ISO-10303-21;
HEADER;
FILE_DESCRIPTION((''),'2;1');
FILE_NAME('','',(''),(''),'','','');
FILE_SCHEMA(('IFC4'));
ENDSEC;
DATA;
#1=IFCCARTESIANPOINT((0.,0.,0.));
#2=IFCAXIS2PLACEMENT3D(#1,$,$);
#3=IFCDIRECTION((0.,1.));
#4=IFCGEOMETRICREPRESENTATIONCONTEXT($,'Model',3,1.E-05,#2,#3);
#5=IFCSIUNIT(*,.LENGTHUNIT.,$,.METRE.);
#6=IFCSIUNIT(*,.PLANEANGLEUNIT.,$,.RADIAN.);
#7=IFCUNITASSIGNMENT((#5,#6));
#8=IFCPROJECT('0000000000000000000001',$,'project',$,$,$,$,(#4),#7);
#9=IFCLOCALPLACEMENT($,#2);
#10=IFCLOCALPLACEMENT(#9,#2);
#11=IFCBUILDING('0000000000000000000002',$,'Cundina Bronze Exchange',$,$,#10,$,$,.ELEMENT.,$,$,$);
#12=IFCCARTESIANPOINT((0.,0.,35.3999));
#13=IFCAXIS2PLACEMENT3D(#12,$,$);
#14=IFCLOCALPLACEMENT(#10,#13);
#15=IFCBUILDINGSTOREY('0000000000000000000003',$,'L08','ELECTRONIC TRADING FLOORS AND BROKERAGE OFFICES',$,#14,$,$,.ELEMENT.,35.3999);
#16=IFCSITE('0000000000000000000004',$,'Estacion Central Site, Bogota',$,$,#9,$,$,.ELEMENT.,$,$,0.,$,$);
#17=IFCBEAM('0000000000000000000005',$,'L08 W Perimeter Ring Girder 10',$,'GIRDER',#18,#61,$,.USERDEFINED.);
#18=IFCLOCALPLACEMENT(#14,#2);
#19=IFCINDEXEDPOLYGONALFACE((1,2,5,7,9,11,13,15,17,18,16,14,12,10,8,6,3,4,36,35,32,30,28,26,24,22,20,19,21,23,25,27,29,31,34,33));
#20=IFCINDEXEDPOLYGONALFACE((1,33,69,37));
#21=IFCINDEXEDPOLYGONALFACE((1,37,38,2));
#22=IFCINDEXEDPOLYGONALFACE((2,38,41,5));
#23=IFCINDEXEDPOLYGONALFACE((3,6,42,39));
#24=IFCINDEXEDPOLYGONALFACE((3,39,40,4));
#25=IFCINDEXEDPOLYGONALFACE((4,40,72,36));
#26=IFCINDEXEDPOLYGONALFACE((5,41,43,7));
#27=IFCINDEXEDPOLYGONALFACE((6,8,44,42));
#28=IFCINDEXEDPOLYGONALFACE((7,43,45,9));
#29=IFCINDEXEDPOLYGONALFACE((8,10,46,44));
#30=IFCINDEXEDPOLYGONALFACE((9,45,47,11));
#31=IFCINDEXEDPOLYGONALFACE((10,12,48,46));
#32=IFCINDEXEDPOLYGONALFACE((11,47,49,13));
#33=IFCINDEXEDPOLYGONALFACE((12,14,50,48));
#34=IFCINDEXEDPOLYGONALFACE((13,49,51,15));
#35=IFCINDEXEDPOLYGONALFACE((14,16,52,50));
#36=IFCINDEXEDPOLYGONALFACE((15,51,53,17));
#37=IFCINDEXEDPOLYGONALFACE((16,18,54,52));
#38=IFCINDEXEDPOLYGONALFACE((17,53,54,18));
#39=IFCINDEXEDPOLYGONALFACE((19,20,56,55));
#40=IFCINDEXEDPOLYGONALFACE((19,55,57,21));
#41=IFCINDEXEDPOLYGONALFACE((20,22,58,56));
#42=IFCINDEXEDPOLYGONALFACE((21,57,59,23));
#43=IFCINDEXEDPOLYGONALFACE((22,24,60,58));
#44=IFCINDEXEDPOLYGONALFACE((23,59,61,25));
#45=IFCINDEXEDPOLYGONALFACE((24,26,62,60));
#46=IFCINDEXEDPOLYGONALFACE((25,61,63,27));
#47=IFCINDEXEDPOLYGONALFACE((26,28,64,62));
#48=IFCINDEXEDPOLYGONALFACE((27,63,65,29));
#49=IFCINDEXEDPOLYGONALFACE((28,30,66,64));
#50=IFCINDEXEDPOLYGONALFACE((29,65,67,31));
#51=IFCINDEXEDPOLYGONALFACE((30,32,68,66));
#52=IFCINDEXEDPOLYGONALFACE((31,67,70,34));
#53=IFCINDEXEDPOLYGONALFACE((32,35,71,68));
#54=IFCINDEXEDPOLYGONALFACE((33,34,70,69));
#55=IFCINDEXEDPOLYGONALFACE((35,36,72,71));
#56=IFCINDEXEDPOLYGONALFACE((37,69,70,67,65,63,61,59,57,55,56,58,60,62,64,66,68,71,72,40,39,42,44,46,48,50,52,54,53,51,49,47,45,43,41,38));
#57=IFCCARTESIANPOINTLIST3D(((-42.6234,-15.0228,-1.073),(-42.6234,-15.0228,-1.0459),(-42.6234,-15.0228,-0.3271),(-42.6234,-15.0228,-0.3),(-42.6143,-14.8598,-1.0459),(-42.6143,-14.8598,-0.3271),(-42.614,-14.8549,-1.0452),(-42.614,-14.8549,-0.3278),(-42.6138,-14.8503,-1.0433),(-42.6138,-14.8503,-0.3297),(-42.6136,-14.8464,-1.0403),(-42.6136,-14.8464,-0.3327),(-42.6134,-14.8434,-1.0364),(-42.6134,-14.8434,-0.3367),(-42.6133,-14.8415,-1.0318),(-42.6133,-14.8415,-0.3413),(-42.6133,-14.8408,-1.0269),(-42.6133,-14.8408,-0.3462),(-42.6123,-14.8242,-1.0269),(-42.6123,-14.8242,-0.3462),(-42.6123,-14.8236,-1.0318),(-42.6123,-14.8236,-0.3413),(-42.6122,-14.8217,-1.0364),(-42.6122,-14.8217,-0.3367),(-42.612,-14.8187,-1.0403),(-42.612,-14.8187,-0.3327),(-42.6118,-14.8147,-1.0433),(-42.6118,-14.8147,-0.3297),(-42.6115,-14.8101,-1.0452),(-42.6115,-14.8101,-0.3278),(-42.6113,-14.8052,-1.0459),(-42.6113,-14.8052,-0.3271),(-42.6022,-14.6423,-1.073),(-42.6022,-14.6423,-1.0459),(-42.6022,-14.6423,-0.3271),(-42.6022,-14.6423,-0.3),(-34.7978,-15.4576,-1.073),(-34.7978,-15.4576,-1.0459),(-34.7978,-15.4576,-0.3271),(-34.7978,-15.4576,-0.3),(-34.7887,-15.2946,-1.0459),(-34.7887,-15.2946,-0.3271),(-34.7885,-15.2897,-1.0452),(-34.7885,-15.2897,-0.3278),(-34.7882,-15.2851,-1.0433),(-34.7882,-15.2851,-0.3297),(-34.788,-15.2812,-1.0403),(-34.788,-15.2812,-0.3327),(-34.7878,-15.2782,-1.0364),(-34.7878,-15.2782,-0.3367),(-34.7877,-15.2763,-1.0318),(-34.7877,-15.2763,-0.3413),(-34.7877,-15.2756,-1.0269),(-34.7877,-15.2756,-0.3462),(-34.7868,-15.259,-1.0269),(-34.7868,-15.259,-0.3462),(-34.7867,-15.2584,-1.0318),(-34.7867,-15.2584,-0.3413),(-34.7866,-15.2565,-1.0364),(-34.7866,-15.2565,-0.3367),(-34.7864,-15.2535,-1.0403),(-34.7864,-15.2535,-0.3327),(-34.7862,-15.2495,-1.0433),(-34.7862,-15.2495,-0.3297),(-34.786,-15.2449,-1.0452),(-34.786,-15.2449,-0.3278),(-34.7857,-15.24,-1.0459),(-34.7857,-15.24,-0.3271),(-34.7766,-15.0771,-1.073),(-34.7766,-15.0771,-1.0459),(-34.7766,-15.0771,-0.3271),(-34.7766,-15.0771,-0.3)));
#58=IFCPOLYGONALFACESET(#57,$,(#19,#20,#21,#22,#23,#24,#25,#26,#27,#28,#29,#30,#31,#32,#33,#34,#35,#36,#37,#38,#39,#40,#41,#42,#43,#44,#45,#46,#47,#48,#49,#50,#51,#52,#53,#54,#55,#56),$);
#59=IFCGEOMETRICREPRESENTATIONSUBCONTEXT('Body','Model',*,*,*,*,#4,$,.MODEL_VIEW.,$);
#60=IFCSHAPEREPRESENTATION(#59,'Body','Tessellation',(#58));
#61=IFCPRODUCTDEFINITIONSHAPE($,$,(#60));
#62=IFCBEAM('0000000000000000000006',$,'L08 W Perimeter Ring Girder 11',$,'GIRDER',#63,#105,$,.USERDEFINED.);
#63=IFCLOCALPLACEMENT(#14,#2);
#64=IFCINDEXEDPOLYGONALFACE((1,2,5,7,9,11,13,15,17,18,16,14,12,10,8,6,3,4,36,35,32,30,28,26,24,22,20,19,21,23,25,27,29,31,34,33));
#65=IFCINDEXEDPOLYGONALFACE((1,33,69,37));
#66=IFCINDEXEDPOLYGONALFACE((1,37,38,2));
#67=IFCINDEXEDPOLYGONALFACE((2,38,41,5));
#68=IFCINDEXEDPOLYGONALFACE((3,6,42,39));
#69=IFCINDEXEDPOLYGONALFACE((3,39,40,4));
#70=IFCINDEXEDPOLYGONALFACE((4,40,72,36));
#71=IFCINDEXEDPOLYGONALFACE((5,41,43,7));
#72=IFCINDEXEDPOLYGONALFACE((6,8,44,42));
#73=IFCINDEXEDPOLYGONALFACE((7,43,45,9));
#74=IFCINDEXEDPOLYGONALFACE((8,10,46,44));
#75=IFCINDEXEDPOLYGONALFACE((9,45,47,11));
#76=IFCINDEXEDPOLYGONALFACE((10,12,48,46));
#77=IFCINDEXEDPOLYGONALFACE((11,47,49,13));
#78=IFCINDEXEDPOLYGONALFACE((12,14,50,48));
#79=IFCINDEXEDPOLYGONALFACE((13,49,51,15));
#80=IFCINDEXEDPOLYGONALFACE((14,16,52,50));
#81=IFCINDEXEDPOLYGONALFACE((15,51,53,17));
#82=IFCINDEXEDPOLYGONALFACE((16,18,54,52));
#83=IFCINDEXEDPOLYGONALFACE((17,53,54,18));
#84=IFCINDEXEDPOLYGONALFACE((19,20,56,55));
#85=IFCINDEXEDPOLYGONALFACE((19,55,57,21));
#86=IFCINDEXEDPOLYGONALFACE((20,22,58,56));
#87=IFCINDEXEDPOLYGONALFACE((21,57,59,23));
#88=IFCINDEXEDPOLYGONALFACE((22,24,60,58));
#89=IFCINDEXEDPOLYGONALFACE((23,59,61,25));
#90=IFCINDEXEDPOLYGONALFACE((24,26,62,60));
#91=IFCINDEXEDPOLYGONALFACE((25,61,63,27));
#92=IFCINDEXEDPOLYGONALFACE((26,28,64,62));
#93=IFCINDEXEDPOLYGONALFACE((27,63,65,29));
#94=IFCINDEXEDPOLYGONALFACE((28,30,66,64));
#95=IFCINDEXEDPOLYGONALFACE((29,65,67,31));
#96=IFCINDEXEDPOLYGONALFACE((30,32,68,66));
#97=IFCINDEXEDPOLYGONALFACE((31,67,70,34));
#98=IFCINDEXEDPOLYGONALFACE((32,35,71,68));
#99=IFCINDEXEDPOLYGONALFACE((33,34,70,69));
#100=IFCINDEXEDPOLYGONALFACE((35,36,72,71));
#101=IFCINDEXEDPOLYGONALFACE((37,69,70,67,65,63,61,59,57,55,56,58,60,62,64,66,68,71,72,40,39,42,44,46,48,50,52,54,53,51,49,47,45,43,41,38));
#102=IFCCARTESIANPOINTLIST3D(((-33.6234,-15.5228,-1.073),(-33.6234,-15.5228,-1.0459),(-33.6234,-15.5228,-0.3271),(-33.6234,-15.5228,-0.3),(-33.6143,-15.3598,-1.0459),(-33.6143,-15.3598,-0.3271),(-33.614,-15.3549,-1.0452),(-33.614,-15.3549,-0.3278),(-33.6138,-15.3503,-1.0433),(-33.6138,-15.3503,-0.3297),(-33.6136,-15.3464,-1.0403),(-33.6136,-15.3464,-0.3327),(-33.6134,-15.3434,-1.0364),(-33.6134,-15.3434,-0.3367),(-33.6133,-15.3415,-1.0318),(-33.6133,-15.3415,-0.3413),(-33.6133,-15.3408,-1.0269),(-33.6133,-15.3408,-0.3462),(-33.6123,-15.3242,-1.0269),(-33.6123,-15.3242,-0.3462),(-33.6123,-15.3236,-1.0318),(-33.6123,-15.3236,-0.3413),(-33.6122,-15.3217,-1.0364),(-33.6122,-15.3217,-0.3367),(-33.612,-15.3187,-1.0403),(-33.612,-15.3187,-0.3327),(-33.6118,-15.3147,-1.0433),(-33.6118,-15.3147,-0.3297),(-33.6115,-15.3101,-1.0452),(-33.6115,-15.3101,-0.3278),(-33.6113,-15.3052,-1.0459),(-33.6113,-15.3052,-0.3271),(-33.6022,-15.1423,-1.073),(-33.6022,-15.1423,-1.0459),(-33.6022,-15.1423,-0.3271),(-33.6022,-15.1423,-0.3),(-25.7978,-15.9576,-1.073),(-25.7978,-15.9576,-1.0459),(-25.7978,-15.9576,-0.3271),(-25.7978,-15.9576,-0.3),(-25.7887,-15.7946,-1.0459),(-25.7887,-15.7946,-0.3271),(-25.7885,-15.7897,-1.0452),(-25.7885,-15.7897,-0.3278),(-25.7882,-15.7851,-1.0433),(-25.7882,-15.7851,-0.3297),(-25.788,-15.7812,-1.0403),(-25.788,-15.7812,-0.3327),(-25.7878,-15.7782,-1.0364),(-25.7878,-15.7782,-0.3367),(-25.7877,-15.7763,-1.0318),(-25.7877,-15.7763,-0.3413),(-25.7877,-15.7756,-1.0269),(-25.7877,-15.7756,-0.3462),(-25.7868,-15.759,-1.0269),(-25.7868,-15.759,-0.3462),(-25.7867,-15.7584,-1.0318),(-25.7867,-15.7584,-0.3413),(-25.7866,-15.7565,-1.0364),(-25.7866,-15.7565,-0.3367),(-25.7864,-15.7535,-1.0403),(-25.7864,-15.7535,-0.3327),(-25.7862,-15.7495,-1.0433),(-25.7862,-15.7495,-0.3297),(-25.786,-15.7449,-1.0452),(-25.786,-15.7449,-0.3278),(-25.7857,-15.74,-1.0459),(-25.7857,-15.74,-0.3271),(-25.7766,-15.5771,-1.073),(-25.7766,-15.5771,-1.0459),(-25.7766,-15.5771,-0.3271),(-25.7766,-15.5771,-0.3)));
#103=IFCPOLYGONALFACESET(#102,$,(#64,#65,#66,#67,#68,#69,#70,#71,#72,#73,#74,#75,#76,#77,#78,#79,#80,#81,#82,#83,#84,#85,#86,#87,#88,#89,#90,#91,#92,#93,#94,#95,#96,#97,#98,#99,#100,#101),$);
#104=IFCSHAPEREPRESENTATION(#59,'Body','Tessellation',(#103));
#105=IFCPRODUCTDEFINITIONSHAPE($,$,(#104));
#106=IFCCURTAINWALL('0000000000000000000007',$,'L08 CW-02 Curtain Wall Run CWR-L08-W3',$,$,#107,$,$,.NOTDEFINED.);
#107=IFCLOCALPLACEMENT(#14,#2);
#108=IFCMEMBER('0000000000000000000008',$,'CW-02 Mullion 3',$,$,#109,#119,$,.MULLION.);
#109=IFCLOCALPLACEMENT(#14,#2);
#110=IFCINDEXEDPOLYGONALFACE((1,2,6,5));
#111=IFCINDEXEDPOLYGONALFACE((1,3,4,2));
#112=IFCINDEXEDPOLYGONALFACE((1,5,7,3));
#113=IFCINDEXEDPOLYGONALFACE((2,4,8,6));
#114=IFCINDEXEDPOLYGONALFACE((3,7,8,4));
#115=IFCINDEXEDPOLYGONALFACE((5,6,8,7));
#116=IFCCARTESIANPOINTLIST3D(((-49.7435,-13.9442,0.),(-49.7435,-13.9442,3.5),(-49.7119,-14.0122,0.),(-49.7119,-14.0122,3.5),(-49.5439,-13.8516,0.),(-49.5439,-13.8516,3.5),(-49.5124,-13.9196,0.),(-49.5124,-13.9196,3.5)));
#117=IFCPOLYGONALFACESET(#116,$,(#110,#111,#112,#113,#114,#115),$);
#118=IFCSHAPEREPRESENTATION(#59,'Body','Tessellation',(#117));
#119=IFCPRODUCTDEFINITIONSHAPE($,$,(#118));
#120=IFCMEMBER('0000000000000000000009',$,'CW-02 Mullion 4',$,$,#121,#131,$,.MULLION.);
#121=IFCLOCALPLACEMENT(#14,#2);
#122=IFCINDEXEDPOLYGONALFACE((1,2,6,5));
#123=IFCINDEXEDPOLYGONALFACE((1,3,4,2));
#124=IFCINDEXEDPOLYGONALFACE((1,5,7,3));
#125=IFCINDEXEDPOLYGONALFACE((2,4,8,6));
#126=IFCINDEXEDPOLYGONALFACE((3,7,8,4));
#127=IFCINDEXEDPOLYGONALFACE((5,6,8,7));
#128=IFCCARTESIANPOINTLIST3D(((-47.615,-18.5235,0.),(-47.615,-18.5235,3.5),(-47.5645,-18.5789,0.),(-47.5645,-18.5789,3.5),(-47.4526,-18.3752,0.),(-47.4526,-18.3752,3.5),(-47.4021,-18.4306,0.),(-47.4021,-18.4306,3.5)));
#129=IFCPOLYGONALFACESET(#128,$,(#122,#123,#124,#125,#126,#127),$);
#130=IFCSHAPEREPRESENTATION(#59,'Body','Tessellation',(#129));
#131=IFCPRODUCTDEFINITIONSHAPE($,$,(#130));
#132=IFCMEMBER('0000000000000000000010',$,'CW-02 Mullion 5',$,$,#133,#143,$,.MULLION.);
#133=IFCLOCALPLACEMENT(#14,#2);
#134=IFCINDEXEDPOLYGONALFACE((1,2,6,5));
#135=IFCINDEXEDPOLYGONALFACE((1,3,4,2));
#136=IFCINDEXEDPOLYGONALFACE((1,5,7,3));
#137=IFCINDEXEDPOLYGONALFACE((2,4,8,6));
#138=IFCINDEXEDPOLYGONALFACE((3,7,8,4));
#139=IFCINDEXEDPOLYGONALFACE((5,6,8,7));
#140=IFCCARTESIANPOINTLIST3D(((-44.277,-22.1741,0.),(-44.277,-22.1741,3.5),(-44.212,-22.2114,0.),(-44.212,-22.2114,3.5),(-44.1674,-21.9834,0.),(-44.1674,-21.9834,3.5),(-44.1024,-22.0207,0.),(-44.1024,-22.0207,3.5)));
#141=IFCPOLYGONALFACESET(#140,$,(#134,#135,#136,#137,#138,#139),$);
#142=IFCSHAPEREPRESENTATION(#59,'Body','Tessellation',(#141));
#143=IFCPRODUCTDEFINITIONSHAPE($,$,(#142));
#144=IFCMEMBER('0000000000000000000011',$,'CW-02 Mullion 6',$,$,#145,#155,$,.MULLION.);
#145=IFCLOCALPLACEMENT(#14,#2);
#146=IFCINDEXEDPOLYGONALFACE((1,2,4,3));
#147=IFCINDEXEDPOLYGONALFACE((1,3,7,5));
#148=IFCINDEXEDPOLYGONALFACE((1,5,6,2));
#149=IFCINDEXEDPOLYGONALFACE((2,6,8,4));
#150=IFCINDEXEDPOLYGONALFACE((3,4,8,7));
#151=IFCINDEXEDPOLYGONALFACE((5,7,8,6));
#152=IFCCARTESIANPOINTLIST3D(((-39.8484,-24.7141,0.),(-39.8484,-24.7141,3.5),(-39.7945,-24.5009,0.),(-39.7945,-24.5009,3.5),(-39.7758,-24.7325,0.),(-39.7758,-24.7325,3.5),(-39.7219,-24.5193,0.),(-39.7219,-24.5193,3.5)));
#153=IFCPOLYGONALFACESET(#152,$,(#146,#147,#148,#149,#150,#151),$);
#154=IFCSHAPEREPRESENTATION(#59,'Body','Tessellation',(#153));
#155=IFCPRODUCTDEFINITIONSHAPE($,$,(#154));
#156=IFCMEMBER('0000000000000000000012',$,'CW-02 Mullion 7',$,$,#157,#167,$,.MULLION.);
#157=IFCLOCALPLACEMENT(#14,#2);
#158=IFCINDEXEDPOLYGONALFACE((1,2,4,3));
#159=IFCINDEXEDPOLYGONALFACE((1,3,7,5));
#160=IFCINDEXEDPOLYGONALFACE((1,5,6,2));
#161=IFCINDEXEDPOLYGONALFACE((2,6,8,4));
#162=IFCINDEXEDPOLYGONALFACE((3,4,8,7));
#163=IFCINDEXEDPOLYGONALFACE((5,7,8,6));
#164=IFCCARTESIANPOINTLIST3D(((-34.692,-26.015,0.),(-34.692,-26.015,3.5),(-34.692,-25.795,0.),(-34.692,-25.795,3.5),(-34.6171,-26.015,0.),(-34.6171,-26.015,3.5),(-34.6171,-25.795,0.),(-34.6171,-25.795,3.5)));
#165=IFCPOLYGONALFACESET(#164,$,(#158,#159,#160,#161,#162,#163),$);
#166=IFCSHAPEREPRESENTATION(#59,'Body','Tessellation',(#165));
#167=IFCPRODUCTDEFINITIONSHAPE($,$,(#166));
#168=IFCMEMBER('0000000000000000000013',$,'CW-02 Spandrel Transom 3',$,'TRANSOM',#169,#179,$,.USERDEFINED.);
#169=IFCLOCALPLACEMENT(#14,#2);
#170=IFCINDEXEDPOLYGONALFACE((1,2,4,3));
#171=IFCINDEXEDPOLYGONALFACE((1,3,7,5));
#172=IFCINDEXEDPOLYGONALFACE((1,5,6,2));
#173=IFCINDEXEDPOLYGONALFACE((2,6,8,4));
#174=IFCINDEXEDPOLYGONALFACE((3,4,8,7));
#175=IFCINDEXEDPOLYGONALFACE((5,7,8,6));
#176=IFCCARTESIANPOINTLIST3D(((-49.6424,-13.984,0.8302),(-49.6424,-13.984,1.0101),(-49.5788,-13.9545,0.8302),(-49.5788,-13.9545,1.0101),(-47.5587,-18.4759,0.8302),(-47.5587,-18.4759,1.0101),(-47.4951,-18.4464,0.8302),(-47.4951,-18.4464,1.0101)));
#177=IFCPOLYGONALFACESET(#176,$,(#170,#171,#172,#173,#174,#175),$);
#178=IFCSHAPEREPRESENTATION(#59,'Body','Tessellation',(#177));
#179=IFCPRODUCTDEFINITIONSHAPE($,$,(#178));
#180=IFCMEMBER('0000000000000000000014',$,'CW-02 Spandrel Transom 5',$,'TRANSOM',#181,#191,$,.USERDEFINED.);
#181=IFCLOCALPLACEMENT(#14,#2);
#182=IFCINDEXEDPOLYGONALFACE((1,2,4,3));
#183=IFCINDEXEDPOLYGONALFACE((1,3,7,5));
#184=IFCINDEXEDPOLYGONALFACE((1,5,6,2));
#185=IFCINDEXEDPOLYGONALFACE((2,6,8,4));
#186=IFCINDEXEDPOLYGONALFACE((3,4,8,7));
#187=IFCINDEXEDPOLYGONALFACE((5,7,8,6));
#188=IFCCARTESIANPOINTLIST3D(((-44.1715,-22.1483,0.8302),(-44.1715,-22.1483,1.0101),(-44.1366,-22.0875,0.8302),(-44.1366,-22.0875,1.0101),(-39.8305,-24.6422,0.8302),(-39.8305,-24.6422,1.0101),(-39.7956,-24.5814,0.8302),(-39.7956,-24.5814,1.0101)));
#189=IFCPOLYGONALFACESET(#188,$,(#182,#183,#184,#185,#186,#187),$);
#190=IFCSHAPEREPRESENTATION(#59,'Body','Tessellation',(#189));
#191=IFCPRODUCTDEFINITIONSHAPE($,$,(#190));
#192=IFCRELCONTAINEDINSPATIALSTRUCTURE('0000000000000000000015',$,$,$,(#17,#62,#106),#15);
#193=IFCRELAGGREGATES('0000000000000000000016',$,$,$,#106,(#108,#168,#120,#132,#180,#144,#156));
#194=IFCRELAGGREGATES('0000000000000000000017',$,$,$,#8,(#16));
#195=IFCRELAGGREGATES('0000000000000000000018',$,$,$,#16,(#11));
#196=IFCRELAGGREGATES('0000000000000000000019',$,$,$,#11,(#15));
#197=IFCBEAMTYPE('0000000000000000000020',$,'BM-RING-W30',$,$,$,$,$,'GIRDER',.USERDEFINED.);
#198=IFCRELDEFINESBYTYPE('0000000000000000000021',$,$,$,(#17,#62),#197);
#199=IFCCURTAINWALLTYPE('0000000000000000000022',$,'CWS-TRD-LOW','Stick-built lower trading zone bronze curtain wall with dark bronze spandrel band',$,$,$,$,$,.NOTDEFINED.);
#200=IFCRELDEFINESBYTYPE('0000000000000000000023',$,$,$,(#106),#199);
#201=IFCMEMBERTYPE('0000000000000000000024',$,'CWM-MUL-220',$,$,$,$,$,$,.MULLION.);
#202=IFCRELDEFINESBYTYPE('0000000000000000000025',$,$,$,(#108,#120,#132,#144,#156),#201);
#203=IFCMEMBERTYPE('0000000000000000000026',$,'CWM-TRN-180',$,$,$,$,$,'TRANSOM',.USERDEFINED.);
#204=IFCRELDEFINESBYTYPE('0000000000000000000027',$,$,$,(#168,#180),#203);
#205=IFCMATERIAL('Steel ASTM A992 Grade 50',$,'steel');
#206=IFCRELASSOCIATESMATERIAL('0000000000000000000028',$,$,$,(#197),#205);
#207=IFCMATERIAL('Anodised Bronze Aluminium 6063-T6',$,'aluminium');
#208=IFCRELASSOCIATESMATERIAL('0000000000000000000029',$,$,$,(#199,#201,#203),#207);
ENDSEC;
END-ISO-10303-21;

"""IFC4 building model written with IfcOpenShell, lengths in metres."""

from ifc_helpers import new_model, si_unit, direction, frame, origin, origin_2d, place, context, subcontext, project, spatial, rectangle, i_section, extrude, material, material_profile, profile_set, type_object, element, aggregate, save


model = new_model("IFC4")

# Units and contexts
model_context = context("Model", 3, precision=1e-05, world=origin(), true_north=direction((0.0, 1.0)))
body_context = subcontext(model_context, "Body", "Model", "MODEL_VIEW")
ifc_project = project(units=[si_unit("LENGTHUNIT", "METRE"), si_unit("PLANEANGLEUNIT", "RADIAN")], contexts=[model_context])

# Site, building, storey
site_placement = place(None, origin())
site = spatial("IfcSite", under=ifc_project, at=site_placement, Name="Estacion Central Site, Bogota", CompositionType="ELEMENT", RefElevation=0.0)
building_placement = place(site_placement, origin())
building = spatial("IfcBuilding", under=site, at=building_placement, Name="Cundina Bronze Exchange", CompositionType="ELEMENT")
storey_placement = place(building_placement, frame((0.0, 0.0, 35.3999)))
storey = spatial("IfcBuildingStorey", under=building, at=storey_placement, Name="L08", Description="ELECTRONIC TRADING FLOORS AND BROKERAGE OFFICES", CompositionType="ELEMENT", Elevation=35.3999)

# Beams
ifc_material_1 = material(Name="Steel ASTM A992 Grade 50", Category="steel")
ifc_material_profile_1 = material_profile(ifc_material_1, i_section(OverallWidth=0.3811, OverallDepth=0.7729, WebThickness=0.0166, FlangeThickness=0.0271, FilletRadius=0.019, at=origin_2d()), Name="W30X173", Category="steel")
ifc_profile_set_1 = profile_set([ifc_material_profile_1], Name="Steel ASTM A992 Grade 50")
beam_type_1 = type_object("IfcBeamType", Name="BM-RING-W30", ElementType="GIRDER", PredefinedType="USERDEFINED", material=ifc_profile_set_1)
for number, where, z_axis, x_axis, name in (
    (1, (-42.6128, -14.8325, -0.6865), (0.99846, -0.055477, 0.0), (0.055477, 0.99846, 0.0), "L08 W Perimeter Ring Girder 10"),
    (2, (-33.6128, -15.3325, -0.6865), (0.99846, -0.055477, 0.0), (0.055477, 0.99846, 0.0), "L08 W Perimeter Ring Girder 11"),
):
    element("IfcBeam", number, at=place(storey_placement, frame(where, z_axis=z_axis, x_axis=x_axis)), inside=storey, type_object=beam_type_1, Name=name, ObjectType="GIRDER", PredefinedType="USERDEFINED", context=body_context, shape_type="SweptSolid", body=[
        extrude(i_section(OverallWidth=0.3811, OverallDepth=0.7729, WebThickness=0.0166, FlangeThickness=0.0271, FilletRadius=0.019, at=origin_2d()), origin(), (0.0, 0.0, 1.0), 7.8376),
    ])

# Curtain wall, members
ifc_material_2 = material(Name="Anodised Bronze Aluminium 6063-T6", Category="aluminium")
curtain_wall_type = type_object("IfcCurtainWallType", Name="CWS-TRD-LOW", Description="Stick-built lower trading zone bronze curtain wall with dark bronze spandrel band", PredefinedType="NOTDEFINED", material=ifc_material_2)
curtain_wall_placement = place(storey_placement, origin())
curtain_wall = element("IfcCurtainWall", 3, at=curtain_wall_placement, inside=storey, type_object=curtain_wall_type, Name="L08 CW-02 Curtain Wall Run CWR-L08-W3", PredefinedType="NOTDEFINED")
ifc_material_profile_2 = material_profile(ifc_material_2, rectangle(XDim=0.075, YDim=0.22, at=origin_2d()), Name="AL75X220", Category="aluminium")
ifc_profile_set_2 = profile_set([ifc_material_profile_2], Name="Anodised Bronze Aluminium 6063-T6")
member_type_1 = type_object("IfcMemberType", Name="CWM-MUL-220", PredefinedType="MULLION", material=ifc_profile_set_2)
member_1_placement = place(storey_placement, frame((-49.6279, -13.9319, 0.0), z_axis=(0.0, 0.0, 1.0), x_axis=(0.420877, -0.907117, 0.0)))
member_1 = element("IfcMember", 4, at=member_1_placement, type_object=member_type_1, Name="CW-02 Mullion 3", PredefinedType="MULLION", context=body_context, shape_type="SweptSolid", body=[
    extrude(rectangle(XDim=0.075, YDim=0.22, at=origin_2d()), origin(), (0.0, 0.0, 1.0), 3.5),
])
member_2_placement = place(storey_placement, frame((-47.5085, -18.4771, 0.0), z_axis=(0.0, 0.0, 1.0), x_axis=(0.674302, -0.738455, 0.0)))
member_2 = element("IfcMember", 5, at=member_2_placement, type_object=member_type_1, Name="CW-02 Mullion 4", PredefinedType="MULLION", context=body_context, shape_type="SweptSolid", body=[
    extrude(rectangle(XDim=0.075, YDim=0.22, at=origin_2d()), origin(), (0.0, 0.0, 1.0), 3.5),
])
member_3_placement = place(storey_placement, frame((-44.1897, -22.0974, 0.0), z_axis=(0.0, 0.0, 1.0), x_axis=(0.867071, -0.498185, 0.0)))
member_3 = element("IfcMember", 6, at=member_3_placement, type_object=member_type_1, Name="CW-02 Mullion 5", PredefinedType="MULLION", context=body_context, shape_type="SweptSolid", body=[
    extrude(rectangle(XDim=0.075, YDim=0.22, at=origin_2d()), origin(), (0.0, 0.0, 1.0), 3.5),
])
member_4_placement = place(storey_placement, frame((-39.7852, -24.6167, 0.0), z_axis=(0.0, 0.0, 1.0), x_axis=(0.969488, -0.245138, 0.0)))
member_4 = element("IfcMember", 7, at=member_4_placement, type_object=member_type_1, Name="CW-02 Mullion 6", PredefinedType="MULLION", context=body_context, shape_type="SweptSolid", body=[
    extrude(rectangle(XDim=0.075, YDim=0.22, at=origin_2d()), origin(), (0.0, 0.0, 1.0), 3.5),
])
member_5_placement = place(storey_placement, frame((-34.6545, -25.905, 0.0), z_axis=(0.0, 0.0, 1.0), x_axis=(1.0, 0.0, 0.0)))
member_5 = element("IfcMember", 8, at=member_5_placement, type_object=member_type_1, Name="CW-02 Mullion 7", PredefinedType="MULLION", context=body_context, shape_type="SweptSolid", body=[
    extrude(rectangle(XDim=0.075, YDim=0.22, at=origin_2d()), origin(), (0.0, 0.0, 1.0), 3.5),
])
ifc_material_profile_3 = material_profile(ifc_material_2, rectangle(XDim=0.0701, YDim=0.1799, at=origin_2d()), Name="AL70X180", Category="aluminium")
ifc_profile_set_3 = profile_set([ifc_material_profile_3], Name="Anodised Bronze Aluminium 6063-T6")
member_type_2 = type_object("IfcMemberType", Name="CWM-TRN-180", ElementType="TRANSOM", PredefinedType="USERDEFINED", material=ifc_profile_set_3)
member_6_placement = place(storey_placement, frame((-49.6106, -13.9692, 0.9202), z_axis=(0.420811, -0.907148, 0.0), x_axis=(0.907148, 0.420811, 0.0)))
member_6 = element("IfcMember", 9, at=member_6_placement, type_object=member_type_2, Name="CW-02 Spandrel Transom 3", ObjectType="TRANSOM", PredefinedType="USERDEFINED", context=body_context, shape_type="SweptSolid", body=[
    extrude(rectangle(XDim=0.0701, YDim=0.1799, at=origin_2d()), origin(), (0.0, 0.0, 1.0), 4.9517),
])
member_7_placement = place(storey_placement, frame((-44.1541, -22.1179, 0.9202), z_axis=(0.867097, -0.498139, 0.0), x_axis=(0.498139, 0.867097, 0.0)))
member_7 = element("IfcMember", 10, at=member_7_placement, type_object=member_type_2, Name="CW-02 Spandrel Transom 5", ObjectType="TRANSOM", PredefinedType="USERDEFINED", context=body_context, shape_type="SweptSolid", body=[
    extrude(rectangle(XDim=0.0701, YDim=0.1799, at=origin_2d()), origin(), (0.0, 0.0, 1.0), 5.0063),
])
aggregate(curtain_wall, [member_1, member_6, member_2, member_3, member_7, member_4, member_5])

save(model, "model.ifc")
